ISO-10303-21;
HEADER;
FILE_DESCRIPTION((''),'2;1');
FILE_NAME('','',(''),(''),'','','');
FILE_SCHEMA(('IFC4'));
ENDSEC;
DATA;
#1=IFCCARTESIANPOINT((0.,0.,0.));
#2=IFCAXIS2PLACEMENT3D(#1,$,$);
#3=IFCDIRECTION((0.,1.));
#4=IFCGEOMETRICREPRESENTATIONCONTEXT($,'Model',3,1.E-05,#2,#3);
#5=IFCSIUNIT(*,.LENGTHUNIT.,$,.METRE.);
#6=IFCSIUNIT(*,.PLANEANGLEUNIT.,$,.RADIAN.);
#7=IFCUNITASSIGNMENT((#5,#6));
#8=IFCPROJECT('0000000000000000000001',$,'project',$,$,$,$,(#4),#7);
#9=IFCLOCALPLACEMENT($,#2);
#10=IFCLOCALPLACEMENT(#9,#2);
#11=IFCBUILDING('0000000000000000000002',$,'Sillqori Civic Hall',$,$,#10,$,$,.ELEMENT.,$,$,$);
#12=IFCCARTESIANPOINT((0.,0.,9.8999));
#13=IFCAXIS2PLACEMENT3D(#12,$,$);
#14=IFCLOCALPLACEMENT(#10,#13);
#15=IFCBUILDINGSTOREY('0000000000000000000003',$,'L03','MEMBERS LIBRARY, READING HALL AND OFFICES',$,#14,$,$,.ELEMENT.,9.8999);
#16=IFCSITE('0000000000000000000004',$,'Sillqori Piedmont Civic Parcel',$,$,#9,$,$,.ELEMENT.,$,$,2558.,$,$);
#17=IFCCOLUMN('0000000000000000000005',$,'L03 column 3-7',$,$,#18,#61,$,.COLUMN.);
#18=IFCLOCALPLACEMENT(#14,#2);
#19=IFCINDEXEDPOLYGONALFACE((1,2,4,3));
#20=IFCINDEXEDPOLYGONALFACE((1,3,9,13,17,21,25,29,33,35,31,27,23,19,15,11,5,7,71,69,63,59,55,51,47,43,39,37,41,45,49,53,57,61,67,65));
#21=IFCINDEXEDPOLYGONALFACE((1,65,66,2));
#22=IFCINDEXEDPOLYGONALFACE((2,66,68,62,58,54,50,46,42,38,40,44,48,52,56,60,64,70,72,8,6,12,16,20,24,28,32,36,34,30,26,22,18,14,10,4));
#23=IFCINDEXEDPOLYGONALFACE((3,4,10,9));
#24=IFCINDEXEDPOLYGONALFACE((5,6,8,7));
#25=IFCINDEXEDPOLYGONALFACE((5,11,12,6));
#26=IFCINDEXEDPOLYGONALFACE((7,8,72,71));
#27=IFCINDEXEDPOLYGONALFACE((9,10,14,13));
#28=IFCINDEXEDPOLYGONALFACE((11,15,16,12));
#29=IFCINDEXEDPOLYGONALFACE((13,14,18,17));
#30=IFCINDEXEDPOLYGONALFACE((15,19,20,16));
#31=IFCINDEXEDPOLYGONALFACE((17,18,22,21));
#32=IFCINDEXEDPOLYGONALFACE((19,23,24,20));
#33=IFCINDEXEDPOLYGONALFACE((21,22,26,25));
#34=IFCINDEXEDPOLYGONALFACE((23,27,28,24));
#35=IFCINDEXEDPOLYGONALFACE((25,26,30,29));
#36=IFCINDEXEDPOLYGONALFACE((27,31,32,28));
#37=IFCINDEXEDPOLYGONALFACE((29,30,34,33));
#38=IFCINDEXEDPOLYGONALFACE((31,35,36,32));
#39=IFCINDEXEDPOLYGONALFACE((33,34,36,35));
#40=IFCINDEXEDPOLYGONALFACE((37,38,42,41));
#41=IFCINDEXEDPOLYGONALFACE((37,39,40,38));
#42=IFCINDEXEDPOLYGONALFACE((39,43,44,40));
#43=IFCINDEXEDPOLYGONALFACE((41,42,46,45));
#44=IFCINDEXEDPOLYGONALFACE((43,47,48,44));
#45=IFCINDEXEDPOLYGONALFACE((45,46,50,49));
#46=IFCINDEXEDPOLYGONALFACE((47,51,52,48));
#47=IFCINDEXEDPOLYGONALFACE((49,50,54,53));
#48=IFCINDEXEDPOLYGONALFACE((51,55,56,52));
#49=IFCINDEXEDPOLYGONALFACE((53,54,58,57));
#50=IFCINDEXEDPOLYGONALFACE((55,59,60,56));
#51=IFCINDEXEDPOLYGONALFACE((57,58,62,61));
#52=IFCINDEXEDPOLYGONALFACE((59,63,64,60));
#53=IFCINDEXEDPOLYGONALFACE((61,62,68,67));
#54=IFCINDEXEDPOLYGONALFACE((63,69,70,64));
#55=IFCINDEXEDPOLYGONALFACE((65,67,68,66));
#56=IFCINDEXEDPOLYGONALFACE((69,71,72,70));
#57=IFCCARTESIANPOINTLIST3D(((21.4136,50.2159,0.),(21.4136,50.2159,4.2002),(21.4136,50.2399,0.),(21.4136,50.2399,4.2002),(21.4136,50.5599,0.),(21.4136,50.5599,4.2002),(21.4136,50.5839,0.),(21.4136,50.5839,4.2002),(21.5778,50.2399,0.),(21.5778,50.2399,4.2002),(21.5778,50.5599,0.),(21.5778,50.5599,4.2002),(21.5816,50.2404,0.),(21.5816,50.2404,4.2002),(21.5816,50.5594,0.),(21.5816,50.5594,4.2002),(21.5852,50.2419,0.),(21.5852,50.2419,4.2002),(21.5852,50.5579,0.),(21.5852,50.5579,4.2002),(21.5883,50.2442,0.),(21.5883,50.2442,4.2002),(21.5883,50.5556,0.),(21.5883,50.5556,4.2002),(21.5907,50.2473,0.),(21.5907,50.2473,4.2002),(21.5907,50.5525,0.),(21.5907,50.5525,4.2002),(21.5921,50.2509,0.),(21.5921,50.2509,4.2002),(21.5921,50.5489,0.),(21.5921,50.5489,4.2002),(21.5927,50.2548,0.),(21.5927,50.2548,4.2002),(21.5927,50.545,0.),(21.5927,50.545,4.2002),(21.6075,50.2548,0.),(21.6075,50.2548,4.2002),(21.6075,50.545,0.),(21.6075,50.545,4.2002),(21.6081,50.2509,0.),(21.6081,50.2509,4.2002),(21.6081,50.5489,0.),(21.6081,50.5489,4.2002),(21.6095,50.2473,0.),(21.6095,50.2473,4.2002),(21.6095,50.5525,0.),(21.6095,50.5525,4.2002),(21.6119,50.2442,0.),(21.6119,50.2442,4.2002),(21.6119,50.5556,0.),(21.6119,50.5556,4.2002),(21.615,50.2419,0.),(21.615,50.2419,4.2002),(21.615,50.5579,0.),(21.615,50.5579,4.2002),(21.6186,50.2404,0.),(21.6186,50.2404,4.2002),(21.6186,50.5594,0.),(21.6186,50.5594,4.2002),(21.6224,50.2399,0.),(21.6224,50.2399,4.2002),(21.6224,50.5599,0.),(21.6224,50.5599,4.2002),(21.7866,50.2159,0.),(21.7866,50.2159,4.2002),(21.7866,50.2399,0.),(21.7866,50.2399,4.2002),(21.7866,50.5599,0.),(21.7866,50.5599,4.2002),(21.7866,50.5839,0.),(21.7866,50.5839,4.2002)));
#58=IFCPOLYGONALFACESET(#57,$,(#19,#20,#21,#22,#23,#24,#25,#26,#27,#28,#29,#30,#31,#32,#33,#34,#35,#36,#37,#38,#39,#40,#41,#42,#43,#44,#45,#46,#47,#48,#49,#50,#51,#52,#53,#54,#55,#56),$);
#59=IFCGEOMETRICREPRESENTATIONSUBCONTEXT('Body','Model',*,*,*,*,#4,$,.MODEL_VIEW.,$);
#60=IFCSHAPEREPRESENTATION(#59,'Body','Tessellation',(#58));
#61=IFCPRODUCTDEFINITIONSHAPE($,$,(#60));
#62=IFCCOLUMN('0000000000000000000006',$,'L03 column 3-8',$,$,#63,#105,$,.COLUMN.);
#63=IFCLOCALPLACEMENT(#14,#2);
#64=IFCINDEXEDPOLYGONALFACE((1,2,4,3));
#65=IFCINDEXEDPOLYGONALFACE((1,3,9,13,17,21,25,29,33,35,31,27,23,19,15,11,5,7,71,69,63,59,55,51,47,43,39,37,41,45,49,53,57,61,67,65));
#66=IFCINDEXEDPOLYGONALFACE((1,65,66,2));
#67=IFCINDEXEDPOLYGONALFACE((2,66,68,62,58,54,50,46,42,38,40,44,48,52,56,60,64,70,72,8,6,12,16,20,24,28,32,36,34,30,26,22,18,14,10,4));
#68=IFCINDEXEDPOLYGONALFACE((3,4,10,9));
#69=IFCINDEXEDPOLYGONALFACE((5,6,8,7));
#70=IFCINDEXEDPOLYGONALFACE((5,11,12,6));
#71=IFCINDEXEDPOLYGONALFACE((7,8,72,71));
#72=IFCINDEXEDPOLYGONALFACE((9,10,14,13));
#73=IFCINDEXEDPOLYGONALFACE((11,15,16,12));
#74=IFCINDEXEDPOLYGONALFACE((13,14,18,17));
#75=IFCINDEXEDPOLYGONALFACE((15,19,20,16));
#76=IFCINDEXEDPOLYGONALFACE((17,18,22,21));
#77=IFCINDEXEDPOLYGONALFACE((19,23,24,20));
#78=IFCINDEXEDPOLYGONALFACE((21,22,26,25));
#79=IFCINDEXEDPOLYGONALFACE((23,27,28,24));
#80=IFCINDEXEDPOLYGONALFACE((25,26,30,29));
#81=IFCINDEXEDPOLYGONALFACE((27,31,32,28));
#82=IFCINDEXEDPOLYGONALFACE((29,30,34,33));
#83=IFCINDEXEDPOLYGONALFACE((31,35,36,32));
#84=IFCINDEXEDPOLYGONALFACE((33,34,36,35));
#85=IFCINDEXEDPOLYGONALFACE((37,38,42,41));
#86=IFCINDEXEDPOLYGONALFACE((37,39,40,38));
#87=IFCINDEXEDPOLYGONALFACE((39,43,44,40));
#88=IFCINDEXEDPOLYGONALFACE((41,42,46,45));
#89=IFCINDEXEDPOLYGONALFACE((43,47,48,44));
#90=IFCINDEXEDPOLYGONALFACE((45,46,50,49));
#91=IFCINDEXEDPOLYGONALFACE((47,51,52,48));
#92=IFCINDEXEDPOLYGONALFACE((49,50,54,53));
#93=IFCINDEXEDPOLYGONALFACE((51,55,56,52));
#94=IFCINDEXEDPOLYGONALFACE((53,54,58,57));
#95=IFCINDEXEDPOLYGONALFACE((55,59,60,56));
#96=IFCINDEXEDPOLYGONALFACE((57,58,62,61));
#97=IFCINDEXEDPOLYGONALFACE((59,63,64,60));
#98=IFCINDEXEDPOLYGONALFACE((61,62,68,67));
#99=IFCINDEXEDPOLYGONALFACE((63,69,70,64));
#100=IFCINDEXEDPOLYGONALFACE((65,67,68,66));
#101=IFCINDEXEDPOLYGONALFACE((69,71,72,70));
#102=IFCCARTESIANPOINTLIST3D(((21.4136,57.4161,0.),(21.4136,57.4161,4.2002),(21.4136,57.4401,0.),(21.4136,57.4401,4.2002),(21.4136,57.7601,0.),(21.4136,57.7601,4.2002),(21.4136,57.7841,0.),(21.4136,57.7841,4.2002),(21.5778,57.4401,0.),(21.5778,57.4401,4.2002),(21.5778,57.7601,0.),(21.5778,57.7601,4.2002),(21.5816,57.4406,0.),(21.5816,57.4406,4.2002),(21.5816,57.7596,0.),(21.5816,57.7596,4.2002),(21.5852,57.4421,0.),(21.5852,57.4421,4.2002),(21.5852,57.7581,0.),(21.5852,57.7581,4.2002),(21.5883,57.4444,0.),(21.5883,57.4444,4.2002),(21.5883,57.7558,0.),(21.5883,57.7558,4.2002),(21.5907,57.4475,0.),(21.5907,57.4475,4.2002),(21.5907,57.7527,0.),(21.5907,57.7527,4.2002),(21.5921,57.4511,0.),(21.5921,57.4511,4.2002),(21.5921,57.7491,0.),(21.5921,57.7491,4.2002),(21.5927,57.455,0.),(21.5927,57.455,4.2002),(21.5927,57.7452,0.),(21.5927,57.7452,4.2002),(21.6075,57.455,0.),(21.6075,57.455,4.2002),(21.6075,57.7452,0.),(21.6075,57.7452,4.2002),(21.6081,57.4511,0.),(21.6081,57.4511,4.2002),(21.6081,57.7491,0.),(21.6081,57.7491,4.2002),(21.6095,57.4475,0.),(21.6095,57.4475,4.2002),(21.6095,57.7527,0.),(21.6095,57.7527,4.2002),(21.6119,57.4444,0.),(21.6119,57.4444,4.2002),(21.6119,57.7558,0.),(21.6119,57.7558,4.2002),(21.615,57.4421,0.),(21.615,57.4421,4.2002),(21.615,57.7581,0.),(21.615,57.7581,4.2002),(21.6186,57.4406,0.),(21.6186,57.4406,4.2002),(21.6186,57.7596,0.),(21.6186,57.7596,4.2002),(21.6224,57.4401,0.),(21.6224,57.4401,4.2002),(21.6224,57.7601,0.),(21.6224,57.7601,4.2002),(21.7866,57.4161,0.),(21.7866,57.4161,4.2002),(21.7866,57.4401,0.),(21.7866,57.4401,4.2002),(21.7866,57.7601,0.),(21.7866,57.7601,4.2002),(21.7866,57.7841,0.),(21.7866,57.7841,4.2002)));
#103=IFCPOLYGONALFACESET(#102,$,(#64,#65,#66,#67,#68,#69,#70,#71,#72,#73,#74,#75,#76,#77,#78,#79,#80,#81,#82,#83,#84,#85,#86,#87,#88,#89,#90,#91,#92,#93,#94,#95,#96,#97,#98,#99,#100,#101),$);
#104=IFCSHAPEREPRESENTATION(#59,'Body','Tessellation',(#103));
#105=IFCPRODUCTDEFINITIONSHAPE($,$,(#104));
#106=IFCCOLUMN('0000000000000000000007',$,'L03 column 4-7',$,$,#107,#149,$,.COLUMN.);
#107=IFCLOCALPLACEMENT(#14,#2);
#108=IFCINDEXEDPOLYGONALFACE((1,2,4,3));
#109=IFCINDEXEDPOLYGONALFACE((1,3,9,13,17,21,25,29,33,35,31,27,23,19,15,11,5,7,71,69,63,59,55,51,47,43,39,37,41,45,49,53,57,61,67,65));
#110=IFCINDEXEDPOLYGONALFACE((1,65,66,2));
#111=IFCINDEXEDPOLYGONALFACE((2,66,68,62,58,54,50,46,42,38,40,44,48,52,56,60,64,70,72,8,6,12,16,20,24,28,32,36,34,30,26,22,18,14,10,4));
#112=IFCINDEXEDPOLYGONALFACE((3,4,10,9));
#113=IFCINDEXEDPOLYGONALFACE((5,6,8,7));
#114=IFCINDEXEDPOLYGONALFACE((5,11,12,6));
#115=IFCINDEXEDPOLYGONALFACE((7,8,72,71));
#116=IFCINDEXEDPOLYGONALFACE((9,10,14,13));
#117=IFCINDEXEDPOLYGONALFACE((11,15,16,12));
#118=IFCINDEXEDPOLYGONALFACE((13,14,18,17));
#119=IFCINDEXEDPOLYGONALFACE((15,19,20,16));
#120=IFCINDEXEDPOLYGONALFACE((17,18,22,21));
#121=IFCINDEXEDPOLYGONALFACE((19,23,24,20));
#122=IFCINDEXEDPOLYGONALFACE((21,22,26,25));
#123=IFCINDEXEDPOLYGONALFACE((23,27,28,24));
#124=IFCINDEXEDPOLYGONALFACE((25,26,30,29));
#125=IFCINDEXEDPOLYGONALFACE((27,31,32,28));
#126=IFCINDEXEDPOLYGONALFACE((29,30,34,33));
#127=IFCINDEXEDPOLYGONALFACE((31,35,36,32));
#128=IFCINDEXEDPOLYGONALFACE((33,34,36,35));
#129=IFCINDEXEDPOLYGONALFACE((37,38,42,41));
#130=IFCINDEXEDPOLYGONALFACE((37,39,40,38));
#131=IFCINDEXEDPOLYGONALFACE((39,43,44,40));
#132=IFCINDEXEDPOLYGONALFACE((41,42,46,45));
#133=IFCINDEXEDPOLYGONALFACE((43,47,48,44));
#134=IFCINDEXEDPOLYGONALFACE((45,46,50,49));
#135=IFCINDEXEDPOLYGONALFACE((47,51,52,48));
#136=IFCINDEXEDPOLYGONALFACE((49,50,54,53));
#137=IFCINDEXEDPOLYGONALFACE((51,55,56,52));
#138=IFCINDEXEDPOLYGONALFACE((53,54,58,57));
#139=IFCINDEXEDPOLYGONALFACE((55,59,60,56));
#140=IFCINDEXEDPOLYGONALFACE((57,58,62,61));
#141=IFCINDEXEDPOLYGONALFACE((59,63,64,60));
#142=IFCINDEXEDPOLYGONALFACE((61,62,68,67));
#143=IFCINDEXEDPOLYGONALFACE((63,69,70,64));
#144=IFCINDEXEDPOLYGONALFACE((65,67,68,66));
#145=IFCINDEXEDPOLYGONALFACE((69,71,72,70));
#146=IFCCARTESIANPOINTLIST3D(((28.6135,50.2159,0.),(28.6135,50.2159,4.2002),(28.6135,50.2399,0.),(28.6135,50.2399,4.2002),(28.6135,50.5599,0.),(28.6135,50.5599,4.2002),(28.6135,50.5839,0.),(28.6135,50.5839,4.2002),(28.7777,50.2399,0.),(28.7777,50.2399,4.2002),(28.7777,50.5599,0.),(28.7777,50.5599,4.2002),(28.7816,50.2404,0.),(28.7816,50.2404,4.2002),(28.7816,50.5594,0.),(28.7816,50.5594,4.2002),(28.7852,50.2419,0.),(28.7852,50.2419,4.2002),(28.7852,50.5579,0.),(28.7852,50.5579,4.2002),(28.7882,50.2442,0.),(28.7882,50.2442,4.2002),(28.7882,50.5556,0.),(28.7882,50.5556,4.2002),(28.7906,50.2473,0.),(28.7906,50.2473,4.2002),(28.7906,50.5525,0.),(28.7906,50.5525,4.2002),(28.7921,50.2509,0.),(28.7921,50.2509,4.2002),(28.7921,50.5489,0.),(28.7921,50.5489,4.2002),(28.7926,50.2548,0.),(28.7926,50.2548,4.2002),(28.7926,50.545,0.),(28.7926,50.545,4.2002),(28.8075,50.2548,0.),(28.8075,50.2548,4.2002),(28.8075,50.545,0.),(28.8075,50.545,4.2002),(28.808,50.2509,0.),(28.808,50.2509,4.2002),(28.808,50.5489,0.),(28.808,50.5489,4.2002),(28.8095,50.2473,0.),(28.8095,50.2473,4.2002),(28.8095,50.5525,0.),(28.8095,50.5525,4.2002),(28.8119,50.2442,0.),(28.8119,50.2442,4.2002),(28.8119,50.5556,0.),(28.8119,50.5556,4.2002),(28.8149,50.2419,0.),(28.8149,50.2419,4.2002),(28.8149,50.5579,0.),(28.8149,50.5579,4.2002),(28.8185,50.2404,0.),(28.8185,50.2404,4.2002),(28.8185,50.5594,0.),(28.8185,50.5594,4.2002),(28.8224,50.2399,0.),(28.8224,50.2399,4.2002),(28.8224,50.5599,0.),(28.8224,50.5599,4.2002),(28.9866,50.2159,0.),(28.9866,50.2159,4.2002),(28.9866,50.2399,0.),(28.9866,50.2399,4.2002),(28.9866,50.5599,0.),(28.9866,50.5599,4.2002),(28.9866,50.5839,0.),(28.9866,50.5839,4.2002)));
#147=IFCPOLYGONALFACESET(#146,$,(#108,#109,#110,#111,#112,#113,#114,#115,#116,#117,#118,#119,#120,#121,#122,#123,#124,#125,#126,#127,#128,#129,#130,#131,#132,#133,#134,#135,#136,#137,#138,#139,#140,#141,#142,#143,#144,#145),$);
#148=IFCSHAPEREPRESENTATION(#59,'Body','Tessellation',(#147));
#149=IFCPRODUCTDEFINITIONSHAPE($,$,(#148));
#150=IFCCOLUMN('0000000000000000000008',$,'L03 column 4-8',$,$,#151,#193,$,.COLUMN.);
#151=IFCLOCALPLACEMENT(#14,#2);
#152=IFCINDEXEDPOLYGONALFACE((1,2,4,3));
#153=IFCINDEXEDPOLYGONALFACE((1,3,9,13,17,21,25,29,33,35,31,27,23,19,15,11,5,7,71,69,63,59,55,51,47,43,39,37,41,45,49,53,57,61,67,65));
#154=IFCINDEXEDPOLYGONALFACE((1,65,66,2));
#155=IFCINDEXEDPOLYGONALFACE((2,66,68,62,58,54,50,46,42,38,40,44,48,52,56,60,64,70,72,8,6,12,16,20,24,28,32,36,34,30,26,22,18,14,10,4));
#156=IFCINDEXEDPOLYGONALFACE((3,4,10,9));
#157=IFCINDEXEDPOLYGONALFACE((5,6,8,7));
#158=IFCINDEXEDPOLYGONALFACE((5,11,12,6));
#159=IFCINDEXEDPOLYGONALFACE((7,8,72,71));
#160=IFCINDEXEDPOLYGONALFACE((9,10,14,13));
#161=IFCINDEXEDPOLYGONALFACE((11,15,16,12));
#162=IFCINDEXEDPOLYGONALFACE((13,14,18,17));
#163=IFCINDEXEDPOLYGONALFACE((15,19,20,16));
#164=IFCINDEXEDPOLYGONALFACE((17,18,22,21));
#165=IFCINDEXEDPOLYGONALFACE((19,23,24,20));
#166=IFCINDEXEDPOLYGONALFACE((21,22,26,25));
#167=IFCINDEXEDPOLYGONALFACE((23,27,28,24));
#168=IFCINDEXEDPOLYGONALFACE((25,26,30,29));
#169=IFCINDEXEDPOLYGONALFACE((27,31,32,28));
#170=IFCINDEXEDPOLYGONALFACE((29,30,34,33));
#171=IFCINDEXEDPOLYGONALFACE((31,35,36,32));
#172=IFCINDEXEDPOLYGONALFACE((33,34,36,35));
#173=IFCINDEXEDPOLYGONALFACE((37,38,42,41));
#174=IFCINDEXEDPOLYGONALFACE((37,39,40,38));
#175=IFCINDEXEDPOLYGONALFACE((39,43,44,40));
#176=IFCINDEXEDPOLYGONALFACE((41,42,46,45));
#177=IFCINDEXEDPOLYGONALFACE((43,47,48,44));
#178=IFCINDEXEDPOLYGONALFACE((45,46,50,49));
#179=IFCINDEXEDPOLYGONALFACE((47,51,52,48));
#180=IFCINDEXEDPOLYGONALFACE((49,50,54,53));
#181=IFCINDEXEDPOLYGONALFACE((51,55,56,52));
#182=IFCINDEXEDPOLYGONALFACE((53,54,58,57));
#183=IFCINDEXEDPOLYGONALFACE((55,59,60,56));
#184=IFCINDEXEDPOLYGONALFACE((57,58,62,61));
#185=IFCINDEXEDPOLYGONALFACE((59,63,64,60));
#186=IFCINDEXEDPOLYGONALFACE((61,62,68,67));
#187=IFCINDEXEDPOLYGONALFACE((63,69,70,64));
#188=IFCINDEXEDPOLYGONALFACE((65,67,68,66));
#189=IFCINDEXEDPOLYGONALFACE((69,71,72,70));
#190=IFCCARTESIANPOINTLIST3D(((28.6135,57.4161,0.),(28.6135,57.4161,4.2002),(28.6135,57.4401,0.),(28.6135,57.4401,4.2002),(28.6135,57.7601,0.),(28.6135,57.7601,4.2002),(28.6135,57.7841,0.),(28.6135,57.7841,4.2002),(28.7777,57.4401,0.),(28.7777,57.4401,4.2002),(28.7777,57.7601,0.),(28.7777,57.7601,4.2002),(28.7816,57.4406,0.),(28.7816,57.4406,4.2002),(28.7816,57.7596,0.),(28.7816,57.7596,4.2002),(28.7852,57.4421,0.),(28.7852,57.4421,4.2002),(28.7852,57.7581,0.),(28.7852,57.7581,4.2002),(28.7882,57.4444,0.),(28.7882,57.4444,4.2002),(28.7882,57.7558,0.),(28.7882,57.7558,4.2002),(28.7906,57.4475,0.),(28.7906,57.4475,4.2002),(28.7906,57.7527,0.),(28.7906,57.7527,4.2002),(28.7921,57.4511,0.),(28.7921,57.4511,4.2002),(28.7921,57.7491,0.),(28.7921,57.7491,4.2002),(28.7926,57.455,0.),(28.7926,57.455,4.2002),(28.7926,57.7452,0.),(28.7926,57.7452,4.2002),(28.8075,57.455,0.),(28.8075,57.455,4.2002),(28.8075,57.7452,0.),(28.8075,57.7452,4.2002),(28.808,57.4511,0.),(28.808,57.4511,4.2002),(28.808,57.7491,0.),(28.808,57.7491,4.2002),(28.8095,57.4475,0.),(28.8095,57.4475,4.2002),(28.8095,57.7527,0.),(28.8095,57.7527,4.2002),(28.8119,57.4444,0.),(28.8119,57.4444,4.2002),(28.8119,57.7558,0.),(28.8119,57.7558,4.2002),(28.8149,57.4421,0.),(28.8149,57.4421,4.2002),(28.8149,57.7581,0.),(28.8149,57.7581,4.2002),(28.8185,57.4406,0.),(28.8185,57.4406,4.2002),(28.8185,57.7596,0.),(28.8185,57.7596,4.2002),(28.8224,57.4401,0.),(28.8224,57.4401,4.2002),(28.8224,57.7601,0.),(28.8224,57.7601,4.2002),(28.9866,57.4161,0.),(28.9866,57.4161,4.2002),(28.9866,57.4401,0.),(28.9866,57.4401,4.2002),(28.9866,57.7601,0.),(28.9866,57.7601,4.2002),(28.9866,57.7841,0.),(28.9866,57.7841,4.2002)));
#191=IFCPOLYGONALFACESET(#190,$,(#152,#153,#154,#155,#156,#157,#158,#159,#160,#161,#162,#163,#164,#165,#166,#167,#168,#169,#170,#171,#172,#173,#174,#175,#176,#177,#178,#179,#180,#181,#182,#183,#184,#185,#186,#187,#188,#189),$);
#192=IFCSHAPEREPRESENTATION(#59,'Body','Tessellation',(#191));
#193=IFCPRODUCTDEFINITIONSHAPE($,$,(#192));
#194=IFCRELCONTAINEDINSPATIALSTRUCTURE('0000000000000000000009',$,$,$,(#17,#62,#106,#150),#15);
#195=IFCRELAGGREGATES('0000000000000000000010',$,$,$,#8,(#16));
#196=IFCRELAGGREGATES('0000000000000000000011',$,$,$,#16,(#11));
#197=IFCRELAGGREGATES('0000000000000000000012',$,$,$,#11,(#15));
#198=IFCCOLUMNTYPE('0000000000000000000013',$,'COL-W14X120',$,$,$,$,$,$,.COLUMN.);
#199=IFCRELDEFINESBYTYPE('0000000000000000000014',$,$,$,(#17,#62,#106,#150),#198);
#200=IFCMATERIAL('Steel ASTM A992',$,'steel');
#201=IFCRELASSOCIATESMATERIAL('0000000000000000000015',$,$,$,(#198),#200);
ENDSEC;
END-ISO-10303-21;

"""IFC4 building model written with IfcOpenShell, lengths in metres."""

from ifc_helpers import new_model, si_unit, direction, frame, origin, origin_2d, place, context, subcontext, project, spatial, i_section, extrude, material, material_profile, profile_set, type_object, element, save


model = new_model("IFC4")

# Units and contexts
model_context = context("Model", 3, precision=1e-05, world=origin(), true_north=direction((0.0, 1.0)))
body_context = subcontext(model_context, "Body", "Model", "MODEL_VIEW")
ifc_project = project(units=[si_unit("LENGTHUNIT", "METRE"), si_unit("PLANEANGLEUNIT", "RADIAN")], contexts=[model_context])

# Site, building, storey
site_placement = place(None, origin())
site = spatial("IfcSite", under=ifc_project, at=site_placement, Name="Sillqori Piedmont Civic Parcel", CompositionType="ELEMENT", RefElevation=2558.0)
building_placement = place(site_placement, origin())
building = spatial("IfcBuilding", under=site, at=building_placement, Name="Sillqori Civic Hall", CompositionType="ELEMENT")
storey_placement = place(building_placement, frame((0.0, 0.0, 9.8999)))
storey = spatial("IfcBuildingStorey", under=building, at=storey_placement, Name="L03", Description="MEMBERS LIBRARY, READING HALL AND OFFICES", CompositionType="ELEMENT", Elevation=9.8999)

# Columns
ifc_material_1 = material(Name="Steel ASTM A992", Category="steel")
ifc_material_profile_1 = material_profile(ifc_material_1, i_section(OverallWidth=0.373, OverallDepth=0.3679, WebThickness=0.0149, FlangeThickness=0.0239, FilletRadius=0.0149, at=origin_2d()), Name="W14X120")
ifc_profile_set_1 = profile_set([ifc_material_profile_1], Name="Steel ASTM A992")
column_type = type_object("IfcColumnType", Name="COL-W14X120", PredefinedType="COLUMN", material=ifc_profile_set_1)
for number, where, z_axis, x_axis, name in (
    (1, (21.6001, 50.3999, 0.0), (0.0, 0.0, 1.0), (1.0, 0.0, 0.0), "L03 column 3-7"),
    (2, (21.6001, 57.6001, 0.0), (0.0, 0.0, 1.0), (1.0, 0.0, 0.0), "L03 column 3-8"),
    (3, (28.8, 50.3999, 0.0), (0.0, 0.0, 1.0), (1.0, 0.0, 0.0), "L03 column 4-7"),
    (4, (28.8, 57.6001, 0.0), (0.0, 0.0, 1.0), (1.0, 0.0, 0.0), "L03 column 4-8"),
):
    element("IfcColumn", number, at=place(storey_placement, frame(where, z_axis=z_axis, x_axis=x_axis)), inside=storey, type_object=column_type, Name=name, PredefinedType="COLUMN", context=body_context, shape_type="SweptSolid", body=[
        extrude(i_section(OverallWidth=0.373, OverallDepth=0.3679, WebThickness=0.0149, FlangeThickness=0.0239, FilletRadius=0.0149, at=origin_2d()), origin(), (0.0, 0.0, 1.0), 4.2002),
    ])

save(model, "model.ifc")
